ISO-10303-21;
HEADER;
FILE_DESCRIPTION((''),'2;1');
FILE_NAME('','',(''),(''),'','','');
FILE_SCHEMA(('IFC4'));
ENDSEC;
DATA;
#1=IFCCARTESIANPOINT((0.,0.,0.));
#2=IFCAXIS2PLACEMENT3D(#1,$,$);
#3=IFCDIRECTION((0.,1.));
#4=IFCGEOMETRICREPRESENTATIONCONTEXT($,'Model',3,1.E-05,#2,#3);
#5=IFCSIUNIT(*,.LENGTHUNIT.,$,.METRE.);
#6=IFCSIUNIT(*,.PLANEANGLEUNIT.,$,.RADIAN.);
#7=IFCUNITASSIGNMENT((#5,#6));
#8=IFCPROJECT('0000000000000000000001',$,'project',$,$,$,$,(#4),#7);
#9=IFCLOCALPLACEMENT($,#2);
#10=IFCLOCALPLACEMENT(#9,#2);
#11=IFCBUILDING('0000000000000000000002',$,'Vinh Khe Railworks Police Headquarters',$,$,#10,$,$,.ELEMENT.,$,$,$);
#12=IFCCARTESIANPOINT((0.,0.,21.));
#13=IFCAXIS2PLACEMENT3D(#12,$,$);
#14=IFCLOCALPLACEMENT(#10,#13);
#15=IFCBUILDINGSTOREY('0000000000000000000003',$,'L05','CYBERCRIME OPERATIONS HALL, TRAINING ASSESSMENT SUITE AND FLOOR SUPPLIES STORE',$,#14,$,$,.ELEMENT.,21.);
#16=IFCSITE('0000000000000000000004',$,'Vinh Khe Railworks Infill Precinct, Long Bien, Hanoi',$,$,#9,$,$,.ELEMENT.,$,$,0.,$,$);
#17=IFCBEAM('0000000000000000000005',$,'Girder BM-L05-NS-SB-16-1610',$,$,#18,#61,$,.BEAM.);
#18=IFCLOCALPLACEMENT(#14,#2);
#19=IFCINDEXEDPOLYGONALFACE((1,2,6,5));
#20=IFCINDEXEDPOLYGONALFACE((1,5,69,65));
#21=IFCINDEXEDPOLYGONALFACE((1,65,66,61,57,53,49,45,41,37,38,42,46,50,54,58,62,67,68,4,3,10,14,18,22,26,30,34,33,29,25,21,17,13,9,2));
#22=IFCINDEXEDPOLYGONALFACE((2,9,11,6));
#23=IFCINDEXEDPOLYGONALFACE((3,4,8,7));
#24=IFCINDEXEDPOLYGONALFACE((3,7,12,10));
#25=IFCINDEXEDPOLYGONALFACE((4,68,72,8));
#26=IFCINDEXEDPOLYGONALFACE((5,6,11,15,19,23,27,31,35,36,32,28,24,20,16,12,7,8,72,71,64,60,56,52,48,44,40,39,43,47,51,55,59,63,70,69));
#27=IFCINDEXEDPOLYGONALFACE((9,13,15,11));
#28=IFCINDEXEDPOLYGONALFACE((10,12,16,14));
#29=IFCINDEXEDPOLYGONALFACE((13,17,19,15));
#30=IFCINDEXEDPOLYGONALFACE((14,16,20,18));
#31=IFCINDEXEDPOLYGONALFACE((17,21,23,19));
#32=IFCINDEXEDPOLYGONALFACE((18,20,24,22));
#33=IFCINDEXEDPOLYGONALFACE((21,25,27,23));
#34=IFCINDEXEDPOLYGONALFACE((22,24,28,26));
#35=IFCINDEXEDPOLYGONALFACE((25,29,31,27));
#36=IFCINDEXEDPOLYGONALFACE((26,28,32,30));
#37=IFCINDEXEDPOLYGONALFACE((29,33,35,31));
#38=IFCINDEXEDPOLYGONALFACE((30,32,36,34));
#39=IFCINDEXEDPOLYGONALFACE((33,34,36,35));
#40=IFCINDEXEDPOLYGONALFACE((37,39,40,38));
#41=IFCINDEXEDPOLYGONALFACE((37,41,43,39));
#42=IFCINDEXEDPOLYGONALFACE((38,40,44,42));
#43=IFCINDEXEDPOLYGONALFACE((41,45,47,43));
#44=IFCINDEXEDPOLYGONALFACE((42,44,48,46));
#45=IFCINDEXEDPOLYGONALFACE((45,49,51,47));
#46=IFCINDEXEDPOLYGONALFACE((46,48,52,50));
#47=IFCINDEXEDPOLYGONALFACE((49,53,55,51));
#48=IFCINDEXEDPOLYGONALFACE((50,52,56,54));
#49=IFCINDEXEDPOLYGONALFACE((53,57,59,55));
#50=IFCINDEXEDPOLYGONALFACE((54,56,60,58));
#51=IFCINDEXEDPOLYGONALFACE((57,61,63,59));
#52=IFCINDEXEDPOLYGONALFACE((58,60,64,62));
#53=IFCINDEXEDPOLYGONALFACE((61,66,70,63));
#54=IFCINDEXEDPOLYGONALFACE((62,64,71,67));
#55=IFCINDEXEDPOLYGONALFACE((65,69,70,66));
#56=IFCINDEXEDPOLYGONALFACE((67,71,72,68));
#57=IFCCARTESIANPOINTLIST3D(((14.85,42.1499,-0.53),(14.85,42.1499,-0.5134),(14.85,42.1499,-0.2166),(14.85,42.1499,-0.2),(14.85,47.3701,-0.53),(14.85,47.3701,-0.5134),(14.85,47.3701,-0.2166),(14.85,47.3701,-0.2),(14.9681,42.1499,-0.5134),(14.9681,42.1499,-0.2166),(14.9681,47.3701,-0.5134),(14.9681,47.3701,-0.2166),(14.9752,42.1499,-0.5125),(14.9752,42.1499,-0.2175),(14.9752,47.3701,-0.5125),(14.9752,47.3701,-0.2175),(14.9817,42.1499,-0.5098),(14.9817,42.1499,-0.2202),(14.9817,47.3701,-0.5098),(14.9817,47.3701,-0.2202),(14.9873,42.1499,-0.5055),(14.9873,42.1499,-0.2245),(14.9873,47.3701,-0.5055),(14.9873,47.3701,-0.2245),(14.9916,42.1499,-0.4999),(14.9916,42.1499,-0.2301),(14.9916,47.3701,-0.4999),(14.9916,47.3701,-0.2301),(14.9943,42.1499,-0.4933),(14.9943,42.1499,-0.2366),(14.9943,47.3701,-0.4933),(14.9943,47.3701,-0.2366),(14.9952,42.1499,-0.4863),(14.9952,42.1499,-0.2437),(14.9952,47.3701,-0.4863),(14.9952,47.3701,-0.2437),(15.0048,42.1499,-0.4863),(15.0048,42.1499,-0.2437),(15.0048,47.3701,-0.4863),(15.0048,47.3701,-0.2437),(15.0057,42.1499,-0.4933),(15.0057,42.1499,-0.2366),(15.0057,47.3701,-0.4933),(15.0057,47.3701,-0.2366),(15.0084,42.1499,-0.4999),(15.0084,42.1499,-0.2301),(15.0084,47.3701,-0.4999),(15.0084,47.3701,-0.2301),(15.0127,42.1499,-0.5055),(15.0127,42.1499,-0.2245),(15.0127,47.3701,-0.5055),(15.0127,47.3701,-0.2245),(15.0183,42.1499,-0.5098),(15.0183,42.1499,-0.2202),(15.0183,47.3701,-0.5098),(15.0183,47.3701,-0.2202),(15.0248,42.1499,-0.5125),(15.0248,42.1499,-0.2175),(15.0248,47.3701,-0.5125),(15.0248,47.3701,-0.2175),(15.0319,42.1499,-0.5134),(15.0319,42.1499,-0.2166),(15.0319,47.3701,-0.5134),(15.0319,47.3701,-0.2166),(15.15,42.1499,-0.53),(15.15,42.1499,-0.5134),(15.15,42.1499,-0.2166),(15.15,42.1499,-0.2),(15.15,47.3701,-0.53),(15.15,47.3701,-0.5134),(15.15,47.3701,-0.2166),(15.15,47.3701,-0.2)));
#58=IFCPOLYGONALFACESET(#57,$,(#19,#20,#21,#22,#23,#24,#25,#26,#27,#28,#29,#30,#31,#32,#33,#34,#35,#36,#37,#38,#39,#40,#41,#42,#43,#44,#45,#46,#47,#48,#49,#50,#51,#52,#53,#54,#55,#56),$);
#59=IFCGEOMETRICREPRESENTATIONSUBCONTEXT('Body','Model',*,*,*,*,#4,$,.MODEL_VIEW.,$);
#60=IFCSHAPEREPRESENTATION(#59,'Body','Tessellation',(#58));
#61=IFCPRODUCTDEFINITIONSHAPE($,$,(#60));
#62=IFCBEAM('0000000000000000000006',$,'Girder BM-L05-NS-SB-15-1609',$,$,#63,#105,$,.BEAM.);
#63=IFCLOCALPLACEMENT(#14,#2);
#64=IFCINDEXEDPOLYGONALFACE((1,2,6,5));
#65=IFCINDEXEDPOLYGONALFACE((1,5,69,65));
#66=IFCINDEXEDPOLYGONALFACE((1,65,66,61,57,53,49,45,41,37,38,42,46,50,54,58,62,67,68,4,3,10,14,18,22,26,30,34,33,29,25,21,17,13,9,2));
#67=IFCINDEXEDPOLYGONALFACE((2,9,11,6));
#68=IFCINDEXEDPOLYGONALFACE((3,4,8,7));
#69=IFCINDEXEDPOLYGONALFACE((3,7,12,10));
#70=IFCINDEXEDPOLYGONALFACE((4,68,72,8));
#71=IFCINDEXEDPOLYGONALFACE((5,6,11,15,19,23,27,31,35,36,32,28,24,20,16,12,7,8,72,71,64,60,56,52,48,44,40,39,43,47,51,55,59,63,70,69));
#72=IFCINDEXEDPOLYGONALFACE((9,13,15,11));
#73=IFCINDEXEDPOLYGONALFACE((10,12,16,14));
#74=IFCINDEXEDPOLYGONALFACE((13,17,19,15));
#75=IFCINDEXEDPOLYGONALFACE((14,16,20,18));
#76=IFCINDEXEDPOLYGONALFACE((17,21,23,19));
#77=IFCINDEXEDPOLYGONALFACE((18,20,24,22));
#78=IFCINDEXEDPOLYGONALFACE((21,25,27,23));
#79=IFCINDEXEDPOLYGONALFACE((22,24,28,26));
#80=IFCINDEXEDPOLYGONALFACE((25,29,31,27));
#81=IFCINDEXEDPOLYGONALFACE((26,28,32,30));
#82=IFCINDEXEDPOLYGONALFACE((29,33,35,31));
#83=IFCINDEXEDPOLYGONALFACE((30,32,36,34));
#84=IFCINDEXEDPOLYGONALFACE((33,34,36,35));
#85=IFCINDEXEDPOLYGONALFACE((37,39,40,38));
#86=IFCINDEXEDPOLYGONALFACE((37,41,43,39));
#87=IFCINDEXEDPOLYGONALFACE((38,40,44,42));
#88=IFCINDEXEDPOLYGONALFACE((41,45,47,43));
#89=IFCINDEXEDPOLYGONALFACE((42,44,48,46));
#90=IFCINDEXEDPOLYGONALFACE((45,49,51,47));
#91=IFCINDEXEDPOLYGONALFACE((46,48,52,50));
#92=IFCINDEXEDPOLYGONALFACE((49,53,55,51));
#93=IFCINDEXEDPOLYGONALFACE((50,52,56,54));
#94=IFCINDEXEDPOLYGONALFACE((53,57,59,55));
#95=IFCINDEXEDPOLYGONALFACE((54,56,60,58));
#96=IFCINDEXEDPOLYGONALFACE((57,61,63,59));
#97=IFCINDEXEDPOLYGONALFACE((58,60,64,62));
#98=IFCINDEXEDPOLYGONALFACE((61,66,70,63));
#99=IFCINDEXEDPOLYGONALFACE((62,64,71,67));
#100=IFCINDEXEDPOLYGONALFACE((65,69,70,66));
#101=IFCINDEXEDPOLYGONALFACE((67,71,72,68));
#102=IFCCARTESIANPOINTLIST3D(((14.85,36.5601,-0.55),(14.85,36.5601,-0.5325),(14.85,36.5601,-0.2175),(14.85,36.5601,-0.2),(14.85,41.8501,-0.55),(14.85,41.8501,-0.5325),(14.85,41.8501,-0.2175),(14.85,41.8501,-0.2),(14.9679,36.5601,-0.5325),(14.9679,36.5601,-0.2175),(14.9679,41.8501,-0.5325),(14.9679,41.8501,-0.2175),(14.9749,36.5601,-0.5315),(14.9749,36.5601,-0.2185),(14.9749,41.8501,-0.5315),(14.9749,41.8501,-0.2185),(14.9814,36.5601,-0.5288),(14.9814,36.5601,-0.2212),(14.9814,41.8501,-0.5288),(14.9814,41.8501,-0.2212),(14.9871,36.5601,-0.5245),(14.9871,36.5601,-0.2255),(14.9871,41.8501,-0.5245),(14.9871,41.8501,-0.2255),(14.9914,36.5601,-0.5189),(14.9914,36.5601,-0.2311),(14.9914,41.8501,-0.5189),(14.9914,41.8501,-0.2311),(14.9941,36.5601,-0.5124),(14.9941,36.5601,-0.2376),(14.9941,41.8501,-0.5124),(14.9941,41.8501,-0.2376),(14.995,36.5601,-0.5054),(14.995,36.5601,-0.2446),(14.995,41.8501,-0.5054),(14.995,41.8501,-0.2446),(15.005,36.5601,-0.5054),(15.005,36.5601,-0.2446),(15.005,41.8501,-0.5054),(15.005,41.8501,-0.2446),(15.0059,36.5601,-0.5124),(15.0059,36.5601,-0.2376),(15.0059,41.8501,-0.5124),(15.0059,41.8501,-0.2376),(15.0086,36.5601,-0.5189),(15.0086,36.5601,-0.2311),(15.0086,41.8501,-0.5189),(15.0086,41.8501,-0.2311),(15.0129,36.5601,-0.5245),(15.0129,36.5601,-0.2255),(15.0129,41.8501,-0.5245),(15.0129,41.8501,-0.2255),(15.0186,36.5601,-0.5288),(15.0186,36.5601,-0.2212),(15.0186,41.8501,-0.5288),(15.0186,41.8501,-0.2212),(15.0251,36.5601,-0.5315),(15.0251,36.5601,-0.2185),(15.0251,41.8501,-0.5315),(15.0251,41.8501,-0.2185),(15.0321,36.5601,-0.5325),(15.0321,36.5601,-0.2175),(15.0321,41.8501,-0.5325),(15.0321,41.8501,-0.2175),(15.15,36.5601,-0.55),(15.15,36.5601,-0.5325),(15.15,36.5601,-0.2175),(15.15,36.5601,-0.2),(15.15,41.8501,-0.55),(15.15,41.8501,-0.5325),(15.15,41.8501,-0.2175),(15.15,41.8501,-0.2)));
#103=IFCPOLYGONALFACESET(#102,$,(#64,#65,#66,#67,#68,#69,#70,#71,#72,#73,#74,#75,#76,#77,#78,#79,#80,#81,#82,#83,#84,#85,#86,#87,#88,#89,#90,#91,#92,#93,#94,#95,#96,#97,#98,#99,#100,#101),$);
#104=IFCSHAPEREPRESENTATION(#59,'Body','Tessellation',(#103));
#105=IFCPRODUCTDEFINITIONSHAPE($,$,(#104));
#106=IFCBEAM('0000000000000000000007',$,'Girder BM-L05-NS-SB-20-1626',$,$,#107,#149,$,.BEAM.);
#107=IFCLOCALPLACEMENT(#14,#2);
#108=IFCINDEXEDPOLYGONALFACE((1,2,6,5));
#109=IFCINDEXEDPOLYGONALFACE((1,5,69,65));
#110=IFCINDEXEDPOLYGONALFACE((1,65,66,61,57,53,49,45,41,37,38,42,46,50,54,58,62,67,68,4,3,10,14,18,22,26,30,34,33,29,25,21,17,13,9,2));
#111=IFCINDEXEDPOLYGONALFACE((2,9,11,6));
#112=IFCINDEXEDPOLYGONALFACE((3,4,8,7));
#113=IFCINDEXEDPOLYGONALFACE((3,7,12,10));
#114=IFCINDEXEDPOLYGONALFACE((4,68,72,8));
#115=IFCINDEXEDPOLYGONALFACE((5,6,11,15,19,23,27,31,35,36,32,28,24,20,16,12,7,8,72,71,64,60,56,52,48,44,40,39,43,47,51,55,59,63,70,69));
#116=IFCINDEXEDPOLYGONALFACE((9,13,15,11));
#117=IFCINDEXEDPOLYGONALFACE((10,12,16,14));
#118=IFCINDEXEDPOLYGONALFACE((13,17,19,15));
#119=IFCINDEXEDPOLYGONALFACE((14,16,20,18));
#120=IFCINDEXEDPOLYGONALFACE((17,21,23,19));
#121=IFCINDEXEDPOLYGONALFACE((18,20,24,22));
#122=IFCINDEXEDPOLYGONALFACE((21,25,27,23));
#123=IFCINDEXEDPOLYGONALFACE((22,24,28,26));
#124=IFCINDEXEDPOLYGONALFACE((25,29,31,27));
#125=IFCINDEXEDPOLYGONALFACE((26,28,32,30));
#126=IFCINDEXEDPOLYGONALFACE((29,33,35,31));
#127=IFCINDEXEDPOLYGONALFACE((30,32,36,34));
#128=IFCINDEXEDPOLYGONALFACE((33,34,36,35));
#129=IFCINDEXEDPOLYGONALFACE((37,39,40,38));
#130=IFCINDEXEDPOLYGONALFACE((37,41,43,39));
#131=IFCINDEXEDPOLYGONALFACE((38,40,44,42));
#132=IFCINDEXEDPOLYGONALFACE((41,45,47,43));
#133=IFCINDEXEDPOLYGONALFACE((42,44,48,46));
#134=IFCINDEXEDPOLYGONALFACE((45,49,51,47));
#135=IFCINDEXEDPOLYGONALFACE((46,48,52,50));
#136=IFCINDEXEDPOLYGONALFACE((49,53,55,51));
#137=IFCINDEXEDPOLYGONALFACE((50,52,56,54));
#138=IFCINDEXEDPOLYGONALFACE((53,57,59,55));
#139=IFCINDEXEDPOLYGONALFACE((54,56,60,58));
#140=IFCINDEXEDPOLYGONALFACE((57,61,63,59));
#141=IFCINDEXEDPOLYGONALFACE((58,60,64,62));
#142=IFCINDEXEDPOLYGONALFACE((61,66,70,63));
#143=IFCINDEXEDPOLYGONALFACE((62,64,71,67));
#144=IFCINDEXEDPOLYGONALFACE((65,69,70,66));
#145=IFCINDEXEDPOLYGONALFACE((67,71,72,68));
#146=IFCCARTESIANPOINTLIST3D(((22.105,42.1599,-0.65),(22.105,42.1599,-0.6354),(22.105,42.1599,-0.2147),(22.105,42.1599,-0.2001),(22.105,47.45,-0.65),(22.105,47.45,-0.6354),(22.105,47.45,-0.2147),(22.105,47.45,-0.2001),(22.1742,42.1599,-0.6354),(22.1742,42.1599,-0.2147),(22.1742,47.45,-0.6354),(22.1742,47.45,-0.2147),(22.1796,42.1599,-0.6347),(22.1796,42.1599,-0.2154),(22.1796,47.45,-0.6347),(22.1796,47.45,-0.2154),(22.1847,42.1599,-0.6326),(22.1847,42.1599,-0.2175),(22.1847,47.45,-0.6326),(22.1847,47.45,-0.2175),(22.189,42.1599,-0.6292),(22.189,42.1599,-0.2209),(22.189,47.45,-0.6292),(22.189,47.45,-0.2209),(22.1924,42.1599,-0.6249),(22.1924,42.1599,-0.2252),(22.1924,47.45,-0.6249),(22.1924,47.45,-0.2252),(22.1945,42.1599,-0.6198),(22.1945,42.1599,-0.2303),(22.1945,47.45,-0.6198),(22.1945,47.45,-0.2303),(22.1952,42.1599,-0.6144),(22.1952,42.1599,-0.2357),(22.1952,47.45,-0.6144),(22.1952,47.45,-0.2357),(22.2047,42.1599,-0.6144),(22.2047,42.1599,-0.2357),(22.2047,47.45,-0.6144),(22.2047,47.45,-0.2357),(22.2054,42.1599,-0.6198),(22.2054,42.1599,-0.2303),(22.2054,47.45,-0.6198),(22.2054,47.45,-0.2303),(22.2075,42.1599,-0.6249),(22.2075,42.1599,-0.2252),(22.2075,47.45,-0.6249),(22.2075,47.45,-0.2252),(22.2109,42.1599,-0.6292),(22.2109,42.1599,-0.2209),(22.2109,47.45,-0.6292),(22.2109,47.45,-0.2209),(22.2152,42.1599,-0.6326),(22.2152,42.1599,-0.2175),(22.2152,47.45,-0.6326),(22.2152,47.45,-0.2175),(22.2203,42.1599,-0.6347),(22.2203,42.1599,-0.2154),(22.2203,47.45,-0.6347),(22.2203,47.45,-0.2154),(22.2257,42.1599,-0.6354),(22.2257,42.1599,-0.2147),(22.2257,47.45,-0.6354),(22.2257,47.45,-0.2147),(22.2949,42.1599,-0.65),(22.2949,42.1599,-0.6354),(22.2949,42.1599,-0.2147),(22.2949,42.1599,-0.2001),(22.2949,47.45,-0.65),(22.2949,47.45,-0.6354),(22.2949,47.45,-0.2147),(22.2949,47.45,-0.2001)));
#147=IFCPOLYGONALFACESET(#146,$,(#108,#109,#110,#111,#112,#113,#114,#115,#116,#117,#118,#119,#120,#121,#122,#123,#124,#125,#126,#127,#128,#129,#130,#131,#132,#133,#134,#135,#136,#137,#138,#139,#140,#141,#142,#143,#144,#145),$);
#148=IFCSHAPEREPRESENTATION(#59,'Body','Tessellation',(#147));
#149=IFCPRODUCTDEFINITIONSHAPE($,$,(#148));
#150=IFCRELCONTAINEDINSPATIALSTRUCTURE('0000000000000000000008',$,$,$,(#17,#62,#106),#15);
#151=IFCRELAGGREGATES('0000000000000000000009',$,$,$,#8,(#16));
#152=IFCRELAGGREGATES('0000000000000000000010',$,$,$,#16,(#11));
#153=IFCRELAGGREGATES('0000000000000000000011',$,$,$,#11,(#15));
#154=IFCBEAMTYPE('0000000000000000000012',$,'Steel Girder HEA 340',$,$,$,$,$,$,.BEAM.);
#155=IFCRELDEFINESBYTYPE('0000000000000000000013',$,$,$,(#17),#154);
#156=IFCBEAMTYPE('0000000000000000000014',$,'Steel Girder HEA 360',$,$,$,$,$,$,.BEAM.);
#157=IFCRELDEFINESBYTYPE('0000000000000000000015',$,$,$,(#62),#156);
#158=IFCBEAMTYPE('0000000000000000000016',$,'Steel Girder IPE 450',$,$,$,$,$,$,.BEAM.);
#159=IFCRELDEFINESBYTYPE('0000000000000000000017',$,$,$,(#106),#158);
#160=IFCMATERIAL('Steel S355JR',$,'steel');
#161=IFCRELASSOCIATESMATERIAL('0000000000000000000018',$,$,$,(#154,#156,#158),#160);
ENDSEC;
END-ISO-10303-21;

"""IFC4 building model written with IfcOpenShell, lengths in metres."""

from ifc_helpers import new_model, si_unit, direction, frame, origin, origin_2d, place, context, subcontext, project, spatial, i_section, extrude, material, material_profile, profile_set, type_object, element, save


model = new_model("IFC4")

# Units and contexts
model_context = context("Model", 3, precision=1e-05, world=origin(), true_north=direction((0.0, 1.0)))
body_context = subcontext(model_context, "Body", "Model", "MODEL_VIEW")
ifc_project = project(units=[si_unit("LENGTHUNIT", "METRE"), si_unit("PLANEANGLEUNIT", "RADIAN")], contexts=[model_context])

# Site, building, storey
site_placement = place(None, origin())
site = spatial("IfcSite", under=ifc_project, at=site_placement, Name="Vinh Khe Railworks Infill Precinct, Long Bien, Hanoi", CompositionType="ELEMENT", RefElevation=0.0)
building_placement = place(site_placement, origin())
building = spatial("IfcBuilding", under=site, at=building_placement, Name="Vinh Khe Railworks Police Headquarters", CompositionType="ELEMENT")
storey_placement = place(building_placement, frame((0.0, 0.0, 21.0)))
storey = spatial("IfcBuildingStorey", under=building, at=storey_placement, Name="L05", Description="CYBERCRIME OPERATIONS HALL, TRAINING ASSESSMENT SUITE AND FLOOR SUPPLIES STORE", CompositionType="ELEMENT", Elevation=21.0)

# Shared definitions
ifc_material_1 = material(Name="Steel S355JR", Category="steel")

# Beams
ifc_material_profile_1 = material_profile(ifc_material_1, i_section(OverallWidth=0.3, OverallDepth=0.3301, WebThickness=0.0095, FlangeThickness=0.0166, FilletRadius=0.0271, at=origin_2d()), Name="HEA 340")
ifc_profile_set_1 = profile_set([ifc_material_profile_1], Name="Steel S355JR")
beam_type_1 = type_object("IfcBeamType", Name="Steel Girder HEA 340", PredefinedType="BEAM", material=ifc_profile_set_1)
beam_1_placement = place(storey_placement, frame((15.0, 42.1499, -0.365), z_axis=(0.0, 1.0, 0.0), x_axis=(-1.0, 0.0, 0.0)))
element("IfcBeam", 1, at=beam_1_placement, inside=storey, type_object=beam_type_1, Name="Girder BM-L05-NS-SB-16-1610", PredefinedType="BEAM", context=body_context, shape_type="SweptSolid", body=[
    extrude(i_section(OverallWidth=0.3, OverallDepth=0.3301, WebThickness=0.0095, FlangeThickness=0.0166, FilletRadius=0.0271, at=origin_2d()), origin(), (0.0, 0.0, 1.0), 5.2202),
])
ifc_material_profile_2 = material_profile(ifc_material_1, i_section(OverallWidth=0.3, OverallDepth=0.3501, WebThickness=0.01, FlangeThickness=0.0176, FilletRadius=0.0271, at=origin_2d()), Name="HEA 360")
ifc_profile_set_2 = profile_set([ifc_material_profile_2], Name="Steel S355JR")
beam_type_2 = type_object("IfcBeamType", Name="Steel Girder HEA 360", PredefinedType="BEAM", material=ifc_profile_set_2)
beam_2_placement = place(storey_placement, frame((15.0, 36.5601, -0.375), z_axis=(0.0, 1.0, 0.0), x_axis=(-1.0, 0.0, 0.0)))
element("IfcBeam", 2, at=beam_2_placement, inside=storey, type_object=beam_type_2, Name="Girder BM-L05-NS-SB-15-1609", PredefinedType="BEAM", context=body_context, shape_type="SweptSolid", body=[
    extrude(i_section(OverallWidth=0.3, OverallDepth=0.3501, WebThickness=0.01, FlangeThickness=0.0176, FilletRadius=0.0271, at=origin_2d()), origin(), (0.0, 0.0, 1.0), 5.29),
])
ifc_material_profile_3 = material_profile(ifc_material_1, i_section(OverallWidth=0.1899, OverallDepth=0.45, WebThickness=0.0095, FlangeThickness=0.0146, FilletRadius=0.021, at=origin_2d()), Name="IPE 450")
ifc_profile_set_3 = profile_set([ifc_material_profile_3], Name="Steel S355JR")
beam_type_3 = type_object("IfcBeamType", Name="Steel Girder IPE 450", PredefinedType="BEAM", material=ifc_profile_set_3)
beam_3_placement = place(storey_placement, frame((22.2, 42.1599, -0.425), z_axis=(0.0, 1.0, 0.0), x_axis=(-1.0, 0.0, 0.0)))
element("IfcBeam", 3, at=beam_3_placement, inside=storey, type_object=beam_type_3, Name="Girder BM-L05-NS-SB-20-1626", PredefinedType="BEAM", context=body_context, shape_type="SweptSolid", body=[
    extrude(i_section(OverallWidth=0.1899, OverallDepth=0.45, WebThickness=0.0095, FlangeThickness=0.0146, FilletRadius=0.021, at=origin_2d()), origin(), (0.0, 0.0, 1.0), 5.29),
])

save(model, "model.ifc")
